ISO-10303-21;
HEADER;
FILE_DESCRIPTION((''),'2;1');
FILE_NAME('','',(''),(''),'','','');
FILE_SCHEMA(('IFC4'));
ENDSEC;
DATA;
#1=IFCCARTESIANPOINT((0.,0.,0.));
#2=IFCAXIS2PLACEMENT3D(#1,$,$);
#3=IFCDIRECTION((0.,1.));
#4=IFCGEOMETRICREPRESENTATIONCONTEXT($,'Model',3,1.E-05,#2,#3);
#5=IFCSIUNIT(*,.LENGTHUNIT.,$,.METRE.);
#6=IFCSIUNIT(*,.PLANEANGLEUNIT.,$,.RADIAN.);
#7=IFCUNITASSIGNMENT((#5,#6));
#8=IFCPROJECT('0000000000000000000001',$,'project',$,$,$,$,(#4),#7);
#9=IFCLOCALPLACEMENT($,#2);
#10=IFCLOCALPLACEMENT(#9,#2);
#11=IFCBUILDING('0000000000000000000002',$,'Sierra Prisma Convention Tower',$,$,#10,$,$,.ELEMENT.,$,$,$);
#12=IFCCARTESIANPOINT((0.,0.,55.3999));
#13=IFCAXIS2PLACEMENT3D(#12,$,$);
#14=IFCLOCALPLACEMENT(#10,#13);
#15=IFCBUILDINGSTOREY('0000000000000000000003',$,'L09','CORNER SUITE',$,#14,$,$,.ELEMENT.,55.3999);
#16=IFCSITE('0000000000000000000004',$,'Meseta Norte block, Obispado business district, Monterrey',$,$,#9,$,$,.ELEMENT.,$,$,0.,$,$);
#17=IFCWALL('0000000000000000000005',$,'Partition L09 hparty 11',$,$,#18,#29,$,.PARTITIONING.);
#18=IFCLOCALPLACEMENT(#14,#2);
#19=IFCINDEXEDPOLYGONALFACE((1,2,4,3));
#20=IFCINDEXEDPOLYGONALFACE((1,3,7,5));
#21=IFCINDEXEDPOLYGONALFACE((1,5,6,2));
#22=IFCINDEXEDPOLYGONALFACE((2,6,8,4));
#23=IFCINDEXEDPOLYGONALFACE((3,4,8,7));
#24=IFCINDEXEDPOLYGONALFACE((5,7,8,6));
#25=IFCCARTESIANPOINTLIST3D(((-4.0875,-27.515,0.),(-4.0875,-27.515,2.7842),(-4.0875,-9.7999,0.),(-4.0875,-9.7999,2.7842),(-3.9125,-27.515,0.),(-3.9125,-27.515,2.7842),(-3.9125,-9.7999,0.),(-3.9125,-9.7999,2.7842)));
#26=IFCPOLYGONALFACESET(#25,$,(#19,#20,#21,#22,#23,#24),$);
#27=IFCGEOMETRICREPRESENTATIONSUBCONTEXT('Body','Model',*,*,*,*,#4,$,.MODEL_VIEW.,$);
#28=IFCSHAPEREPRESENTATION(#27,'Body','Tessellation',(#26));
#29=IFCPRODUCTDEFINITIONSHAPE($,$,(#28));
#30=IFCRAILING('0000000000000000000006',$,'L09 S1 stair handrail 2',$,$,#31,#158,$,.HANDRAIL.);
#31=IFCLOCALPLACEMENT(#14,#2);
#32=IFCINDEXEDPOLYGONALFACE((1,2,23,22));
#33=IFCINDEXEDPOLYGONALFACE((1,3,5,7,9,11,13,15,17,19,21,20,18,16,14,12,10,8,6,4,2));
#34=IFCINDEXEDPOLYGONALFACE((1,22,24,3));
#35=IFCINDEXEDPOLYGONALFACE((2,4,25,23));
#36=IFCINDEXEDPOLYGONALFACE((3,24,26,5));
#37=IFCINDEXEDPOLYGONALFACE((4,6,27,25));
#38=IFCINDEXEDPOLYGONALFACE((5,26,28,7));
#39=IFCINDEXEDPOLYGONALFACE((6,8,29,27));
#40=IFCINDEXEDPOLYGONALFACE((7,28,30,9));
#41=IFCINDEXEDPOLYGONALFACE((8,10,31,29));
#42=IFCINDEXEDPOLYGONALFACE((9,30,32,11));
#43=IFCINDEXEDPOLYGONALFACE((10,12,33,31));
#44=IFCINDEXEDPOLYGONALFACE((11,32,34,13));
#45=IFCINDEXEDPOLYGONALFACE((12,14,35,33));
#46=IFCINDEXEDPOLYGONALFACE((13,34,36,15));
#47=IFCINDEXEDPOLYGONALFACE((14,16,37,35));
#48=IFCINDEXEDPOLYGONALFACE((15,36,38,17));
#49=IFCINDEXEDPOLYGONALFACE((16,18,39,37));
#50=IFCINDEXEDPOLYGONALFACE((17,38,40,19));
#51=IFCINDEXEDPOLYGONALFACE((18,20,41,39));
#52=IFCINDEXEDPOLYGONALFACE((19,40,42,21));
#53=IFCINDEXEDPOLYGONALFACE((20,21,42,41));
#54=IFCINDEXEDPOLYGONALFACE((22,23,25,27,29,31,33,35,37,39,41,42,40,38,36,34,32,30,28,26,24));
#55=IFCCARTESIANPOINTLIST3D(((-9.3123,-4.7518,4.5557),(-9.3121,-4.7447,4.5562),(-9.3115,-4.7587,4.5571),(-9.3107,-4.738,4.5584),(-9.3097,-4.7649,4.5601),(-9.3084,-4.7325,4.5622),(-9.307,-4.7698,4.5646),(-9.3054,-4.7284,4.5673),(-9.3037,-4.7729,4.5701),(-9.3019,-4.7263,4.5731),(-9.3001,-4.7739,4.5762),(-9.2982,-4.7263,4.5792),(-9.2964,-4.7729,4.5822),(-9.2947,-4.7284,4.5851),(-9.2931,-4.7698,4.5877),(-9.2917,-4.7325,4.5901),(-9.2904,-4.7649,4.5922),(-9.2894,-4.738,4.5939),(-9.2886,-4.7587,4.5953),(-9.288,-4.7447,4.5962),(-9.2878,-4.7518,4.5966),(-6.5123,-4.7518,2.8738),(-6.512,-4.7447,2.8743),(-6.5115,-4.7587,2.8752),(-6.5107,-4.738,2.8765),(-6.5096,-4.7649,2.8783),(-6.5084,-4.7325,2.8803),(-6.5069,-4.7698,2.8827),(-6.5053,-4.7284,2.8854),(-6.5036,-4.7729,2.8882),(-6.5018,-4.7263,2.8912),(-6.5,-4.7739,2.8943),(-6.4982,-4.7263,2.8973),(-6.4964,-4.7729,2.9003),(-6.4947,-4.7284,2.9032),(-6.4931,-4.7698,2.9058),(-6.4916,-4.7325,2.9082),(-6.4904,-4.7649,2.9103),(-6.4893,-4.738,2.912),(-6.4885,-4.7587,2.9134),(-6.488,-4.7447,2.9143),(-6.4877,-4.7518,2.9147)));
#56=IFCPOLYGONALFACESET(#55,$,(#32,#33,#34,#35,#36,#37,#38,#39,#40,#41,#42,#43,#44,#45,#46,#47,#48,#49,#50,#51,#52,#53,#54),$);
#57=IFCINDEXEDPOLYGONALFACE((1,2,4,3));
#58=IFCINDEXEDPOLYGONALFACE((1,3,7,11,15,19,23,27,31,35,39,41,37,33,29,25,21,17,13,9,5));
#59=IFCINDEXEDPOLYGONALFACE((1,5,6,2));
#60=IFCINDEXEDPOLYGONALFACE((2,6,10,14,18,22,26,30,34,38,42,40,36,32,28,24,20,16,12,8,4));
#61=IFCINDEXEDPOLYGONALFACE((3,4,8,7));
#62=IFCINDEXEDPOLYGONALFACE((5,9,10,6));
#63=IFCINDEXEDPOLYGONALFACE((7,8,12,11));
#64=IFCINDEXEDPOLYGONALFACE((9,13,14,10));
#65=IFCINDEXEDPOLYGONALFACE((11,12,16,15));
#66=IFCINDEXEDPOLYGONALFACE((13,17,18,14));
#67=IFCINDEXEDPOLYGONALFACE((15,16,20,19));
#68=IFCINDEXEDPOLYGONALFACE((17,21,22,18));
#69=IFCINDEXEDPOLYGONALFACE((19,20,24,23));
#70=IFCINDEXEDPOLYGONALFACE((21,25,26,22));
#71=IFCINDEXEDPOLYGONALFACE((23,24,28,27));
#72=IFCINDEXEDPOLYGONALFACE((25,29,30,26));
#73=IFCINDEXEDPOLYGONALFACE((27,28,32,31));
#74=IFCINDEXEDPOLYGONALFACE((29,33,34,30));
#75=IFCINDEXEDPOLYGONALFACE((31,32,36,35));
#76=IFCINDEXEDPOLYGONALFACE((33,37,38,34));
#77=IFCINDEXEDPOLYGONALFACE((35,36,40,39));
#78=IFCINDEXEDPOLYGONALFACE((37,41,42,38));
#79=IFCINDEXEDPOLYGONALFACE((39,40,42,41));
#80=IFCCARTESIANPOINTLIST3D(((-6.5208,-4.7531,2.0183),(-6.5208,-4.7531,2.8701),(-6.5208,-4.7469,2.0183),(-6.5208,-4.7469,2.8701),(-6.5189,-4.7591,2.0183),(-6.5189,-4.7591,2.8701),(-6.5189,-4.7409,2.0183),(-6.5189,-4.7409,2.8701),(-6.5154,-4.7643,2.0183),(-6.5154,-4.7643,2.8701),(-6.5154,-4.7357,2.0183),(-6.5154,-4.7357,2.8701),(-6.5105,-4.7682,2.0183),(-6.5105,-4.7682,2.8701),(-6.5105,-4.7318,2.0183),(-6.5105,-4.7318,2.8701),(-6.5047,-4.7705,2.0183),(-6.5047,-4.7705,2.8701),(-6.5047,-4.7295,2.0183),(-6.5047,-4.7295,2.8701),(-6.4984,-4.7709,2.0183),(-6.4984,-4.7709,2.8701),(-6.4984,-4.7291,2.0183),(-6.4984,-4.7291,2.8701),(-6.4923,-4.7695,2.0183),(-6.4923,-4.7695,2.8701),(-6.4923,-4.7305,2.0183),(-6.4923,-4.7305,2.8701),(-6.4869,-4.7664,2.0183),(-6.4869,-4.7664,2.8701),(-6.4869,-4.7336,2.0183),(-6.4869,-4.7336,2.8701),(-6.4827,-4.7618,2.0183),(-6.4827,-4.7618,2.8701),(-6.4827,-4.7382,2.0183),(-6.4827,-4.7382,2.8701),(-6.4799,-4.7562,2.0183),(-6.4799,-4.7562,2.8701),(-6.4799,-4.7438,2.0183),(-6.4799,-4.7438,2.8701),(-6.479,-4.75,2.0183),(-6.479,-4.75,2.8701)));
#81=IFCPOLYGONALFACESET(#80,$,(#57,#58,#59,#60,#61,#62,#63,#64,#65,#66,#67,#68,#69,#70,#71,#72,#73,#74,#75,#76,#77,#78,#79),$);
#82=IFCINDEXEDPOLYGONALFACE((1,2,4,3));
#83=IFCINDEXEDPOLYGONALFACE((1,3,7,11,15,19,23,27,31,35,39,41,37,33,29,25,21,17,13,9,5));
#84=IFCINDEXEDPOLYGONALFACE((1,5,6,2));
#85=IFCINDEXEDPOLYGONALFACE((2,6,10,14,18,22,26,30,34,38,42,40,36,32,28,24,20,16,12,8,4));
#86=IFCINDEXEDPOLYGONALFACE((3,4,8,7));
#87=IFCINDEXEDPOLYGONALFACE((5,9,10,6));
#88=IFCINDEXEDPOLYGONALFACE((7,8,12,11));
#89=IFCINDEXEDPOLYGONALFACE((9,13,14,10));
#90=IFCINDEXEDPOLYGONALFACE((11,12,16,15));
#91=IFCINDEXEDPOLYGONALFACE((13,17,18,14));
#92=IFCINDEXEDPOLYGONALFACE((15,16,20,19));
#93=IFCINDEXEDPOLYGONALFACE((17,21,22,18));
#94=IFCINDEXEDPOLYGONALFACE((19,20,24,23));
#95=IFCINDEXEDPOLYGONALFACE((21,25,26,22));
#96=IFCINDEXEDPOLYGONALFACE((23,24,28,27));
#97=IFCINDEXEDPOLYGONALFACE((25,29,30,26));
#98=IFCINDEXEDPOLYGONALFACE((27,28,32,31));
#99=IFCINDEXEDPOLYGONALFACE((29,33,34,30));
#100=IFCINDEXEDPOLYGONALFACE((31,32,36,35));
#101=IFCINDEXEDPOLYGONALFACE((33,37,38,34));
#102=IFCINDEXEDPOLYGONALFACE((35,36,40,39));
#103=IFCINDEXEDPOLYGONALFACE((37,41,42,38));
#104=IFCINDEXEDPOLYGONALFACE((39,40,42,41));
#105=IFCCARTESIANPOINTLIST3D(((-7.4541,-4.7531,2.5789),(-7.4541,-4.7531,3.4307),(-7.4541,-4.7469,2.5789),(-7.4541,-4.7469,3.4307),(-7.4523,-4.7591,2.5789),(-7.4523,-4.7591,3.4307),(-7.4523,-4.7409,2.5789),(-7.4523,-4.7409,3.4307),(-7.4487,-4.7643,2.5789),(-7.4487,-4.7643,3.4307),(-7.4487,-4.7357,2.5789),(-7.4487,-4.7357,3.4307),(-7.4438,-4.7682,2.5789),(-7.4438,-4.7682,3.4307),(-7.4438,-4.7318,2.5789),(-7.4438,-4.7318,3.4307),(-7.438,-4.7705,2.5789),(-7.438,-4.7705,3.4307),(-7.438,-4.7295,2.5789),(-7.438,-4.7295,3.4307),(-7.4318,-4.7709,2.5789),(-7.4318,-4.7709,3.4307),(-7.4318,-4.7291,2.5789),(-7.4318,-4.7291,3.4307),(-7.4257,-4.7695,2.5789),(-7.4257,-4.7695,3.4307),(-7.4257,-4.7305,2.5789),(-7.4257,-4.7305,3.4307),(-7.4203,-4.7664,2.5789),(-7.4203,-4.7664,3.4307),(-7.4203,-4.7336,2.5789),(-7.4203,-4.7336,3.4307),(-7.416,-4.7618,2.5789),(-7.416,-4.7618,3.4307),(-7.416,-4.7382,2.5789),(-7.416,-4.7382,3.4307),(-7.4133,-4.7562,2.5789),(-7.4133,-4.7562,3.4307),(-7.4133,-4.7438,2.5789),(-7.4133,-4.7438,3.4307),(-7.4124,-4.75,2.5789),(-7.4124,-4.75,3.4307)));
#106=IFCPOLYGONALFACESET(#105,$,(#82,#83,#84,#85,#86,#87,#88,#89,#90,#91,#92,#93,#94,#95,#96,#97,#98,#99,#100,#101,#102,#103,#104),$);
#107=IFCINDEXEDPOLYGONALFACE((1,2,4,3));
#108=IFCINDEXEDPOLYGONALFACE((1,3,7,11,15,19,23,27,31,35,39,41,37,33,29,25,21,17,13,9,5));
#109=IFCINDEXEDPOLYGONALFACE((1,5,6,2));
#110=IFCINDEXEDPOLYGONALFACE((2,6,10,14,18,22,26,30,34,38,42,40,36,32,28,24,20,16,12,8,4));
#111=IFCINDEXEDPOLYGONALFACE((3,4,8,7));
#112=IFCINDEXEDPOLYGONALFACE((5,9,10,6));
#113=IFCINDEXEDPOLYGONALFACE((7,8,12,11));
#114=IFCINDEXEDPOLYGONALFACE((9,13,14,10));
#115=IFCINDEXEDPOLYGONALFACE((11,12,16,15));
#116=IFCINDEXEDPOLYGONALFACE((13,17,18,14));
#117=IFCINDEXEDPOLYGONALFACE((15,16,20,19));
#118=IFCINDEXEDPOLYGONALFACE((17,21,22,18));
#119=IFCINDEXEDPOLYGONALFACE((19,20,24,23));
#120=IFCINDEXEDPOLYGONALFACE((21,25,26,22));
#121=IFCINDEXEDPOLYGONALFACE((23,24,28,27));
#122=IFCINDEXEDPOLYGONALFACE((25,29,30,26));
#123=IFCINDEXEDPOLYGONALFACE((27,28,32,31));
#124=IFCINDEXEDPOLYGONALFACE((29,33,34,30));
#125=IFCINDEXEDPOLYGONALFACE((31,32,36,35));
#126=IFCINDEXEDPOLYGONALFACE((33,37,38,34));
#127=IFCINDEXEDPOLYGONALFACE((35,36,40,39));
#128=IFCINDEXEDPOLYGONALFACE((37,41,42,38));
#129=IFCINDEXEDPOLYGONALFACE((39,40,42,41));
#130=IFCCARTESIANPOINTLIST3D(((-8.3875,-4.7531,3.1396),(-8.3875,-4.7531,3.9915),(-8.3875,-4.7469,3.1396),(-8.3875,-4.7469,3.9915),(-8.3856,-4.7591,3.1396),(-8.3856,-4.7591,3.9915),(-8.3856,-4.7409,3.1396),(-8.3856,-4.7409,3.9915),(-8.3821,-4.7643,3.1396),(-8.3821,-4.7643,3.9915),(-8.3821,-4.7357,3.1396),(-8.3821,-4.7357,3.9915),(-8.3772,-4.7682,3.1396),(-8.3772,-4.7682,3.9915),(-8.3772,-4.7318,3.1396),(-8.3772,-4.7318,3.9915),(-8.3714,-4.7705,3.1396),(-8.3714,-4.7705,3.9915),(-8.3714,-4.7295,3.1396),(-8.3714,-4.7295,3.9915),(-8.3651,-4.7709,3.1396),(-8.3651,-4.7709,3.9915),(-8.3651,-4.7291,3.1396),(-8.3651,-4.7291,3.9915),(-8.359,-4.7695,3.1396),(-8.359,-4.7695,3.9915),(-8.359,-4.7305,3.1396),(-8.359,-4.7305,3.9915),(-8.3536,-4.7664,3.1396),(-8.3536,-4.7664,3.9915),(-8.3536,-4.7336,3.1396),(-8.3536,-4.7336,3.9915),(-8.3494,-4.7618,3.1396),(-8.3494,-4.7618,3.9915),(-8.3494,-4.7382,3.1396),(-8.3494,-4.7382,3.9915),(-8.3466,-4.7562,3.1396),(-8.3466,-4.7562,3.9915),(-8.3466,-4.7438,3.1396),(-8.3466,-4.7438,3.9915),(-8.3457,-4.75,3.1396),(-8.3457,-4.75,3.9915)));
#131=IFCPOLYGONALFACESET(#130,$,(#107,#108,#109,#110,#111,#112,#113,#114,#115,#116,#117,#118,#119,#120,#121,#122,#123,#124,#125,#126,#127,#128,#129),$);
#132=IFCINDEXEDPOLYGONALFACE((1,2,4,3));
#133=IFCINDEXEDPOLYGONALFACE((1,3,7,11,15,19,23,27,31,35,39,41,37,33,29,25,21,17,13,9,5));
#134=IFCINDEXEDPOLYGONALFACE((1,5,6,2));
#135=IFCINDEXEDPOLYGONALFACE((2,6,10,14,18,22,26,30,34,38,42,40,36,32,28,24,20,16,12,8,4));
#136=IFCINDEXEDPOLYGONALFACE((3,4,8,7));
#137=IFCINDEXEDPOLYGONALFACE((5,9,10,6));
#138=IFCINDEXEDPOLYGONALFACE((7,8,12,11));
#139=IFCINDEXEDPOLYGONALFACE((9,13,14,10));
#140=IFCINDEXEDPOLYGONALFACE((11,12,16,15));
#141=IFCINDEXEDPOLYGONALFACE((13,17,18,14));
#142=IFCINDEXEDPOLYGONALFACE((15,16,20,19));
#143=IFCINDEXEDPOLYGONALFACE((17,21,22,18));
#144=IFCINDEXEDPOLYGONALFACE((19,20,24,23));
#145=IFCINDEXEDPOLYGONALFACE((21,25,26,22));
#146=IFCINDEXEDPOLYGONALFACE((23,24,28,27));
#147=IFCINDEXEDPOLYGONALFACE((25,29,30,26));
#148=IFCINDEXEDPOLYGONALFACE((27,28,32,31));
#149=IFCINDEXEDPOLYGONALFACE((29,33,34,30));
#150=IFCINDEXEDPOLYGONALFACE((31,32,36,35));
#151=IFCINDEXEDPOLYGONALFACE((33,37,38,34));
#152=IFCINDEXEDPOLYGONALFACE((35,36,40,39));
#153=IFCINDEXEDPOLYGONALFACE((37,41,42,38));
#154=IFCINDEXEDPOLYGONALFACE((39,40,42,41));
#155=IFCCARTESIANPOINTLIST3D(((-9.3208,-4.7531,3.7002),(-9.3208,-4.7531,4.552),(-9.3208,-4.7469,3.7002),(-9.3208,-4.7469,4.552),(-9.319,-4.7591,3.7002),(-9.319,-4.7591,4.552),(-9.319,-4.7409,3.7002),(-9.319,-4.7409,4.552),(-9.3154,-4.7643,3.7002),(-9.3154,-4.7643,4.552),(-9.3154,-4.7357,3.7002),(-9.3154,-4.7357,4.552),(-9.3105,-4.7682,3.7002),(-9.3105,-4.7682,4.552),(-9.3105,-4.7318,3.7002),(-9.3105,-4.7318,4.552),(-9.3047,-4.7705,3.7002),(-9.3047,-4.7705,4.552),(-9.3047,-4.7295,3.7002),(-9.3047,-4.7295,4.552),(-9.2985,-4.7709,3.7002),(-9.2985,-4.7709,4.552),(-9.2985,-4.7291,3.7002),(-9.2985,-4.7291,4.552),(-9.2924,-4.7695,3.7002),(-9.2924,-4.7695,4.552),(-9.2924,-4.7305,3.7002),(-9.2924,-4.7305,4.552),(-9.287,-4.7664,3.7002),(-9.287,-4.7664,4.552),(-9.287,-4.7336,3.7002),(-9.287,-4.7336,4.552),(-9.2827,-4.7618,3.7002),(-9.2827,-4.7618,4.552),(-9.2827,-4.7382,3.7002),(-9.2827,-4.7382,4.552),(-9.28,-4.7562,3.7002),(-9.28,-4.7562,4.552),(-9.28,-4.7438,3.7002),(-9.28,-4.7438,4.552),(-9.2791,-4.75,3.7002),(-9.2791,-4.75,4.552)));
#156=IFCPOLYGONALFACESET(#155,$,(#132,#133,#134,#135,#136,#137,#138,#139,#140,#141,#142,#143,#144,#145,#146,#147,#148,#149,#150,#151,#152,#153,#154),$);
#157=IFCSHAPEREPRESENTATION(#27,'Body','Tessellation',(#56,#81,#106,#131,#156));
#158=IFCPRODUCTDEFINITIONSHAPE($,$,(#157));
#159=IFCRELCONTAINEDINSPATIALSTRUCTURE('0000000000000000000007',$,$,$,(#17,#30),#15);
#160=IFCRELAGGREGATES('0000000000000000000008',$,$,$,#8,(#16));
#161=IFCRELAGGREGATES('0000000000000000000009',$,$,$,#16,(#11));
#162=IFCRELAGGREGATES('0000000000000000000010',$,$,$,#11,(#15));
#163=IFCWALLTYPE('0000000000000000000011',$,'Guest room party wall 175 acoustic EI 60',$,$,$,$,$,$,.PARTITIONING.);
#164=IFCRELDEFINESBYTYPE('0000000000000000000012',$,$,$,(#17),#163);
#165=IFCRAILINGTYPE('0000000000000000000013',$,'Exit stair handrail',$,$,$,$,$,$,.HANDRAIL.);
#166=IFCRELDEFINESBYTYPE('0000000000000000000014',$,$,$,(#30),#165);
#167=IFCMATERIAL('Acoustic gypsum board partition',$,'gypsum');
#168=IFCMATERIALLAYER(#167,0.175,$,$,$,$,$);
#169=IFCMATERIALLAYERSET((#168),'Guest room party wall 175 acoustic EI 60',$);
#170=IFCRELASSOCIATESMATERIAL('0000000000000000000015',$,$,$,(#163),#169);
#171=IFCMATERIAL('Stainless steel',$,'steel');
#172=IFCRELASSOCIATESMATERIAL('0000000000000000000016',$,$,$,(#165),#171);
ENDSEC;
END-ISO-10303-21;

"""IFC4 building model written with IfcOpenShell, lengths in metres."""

from ifc_helpers import new_model, si_unit, direction, frame, frame_2d, origin, origin_2d, place, context, subcontext, project, spatial, rectangle, circle, extrude, material, layer, layer_set, type_object, element, save


model = new_model("IFC4")

# Units and contexts
model_context = context("Model", 3, precision=1e-05, world=origin(), true_north=direction((0.0, 1.0)))
body_context = subcontext(model_context, "Body", "Model", "MODEL_VIEW")
ifc_project = project(units=[si_unit("LENGTHUNIT", "METRE"), si_unit("PLANEANGLEUNIT", "RADIAN")], contexts=[model_context])

# Site, building, storey
site_placement = place(None, origin())
site = spatial("IfcSite", under=ifc_project, at=site_placement, Name="Meseta Norte block, Obispado business district, Monterrey", CompositionType="ELEMENT", RefElevation=0.0)
building_placement = place(site_placement, origin())
building = spatial("IfcBuilding", under=site, at=building_placement, Name="Sierra Prisma Convention Tower", CompositionType="ELEMENT")
storey_placement = place(building_placement, frame((0.0, 0.0, 55.3999)))
storey = spatial("IfcBuildingStorey", under=building, at=storey_placement, Name="L09", Description="CORNER SUITE", CompositionType="ELEMENT", Elevation=55.3999)

# Wall
ifc_material_1 = material(Name="Acoustic gypsum board partition", Category="gypsum")
ifc_layer_1 = layer(ifc_material_1, 0.175)
ifc_layer_set_1 = layer_set([ifc_layer_1], Name="Guest room party wall 175 acoustic EI 60")
wall_type_1 = type_object("IfcWallType", Name="Guest room party wall 175 acoustic EI 60", PredefinedType="PARTITIONING", material=ifc_layer_set_1)
wall_1_placement = place(storey_placement, frame((-4.0, -9.8, 0.0), z_axis=(0.0, 0.0, 1.0), x_axis=(0.0, -1.0, 0.0)))
element("IfcWall", 1, at=wall_1_placement, inside=storey, type_object=wall_type_1, Name="Partition L09 hparty 11", PredefinedType="PARTITIONING", context=body_context, shape_type="SweptSolid", body=[
    extrude(rectangle(XDim=17.7151, YDim=0.175, at=frame_2d((8.8574, 0.0))), origin(), (0.0, 0.0, 1.0), 2.7842),
])

# Railing
ifc_material_2 = material(Name="Stainless steel", Category="steel")
railing_type_1 = type_object("IfcRailingType", Name="Exit stair handrail", PredefinedType="HANDRAIL", material=ifc_material_2)
railing_1_placement = place(storey_placement, frame((-6.5, -4.75, 2.0183)))
element("IfcRailing", 2, at=railing_1_placement, inside=storey, type_object=railing_type_1, Name="L09 S1 stair handrail 2", PredefinedType="HANDRAIL", context=body_context, shape_type="SweptSolid", body=[
    extrude(circle(Radius=0.0239, at=origin_2d()), frame((0.0, 0.0, 0.876), z_axis=(-0.857242, 0.0, 0.514913), x_axis=(0.0, -1.0, 0.0)), (0.0, 0.0, 1.0), 3.2664),
    extrude(circle(Radius=0.021, at=origin_2d()), origin(), (0.0, 0.0, 1.0), 0.8518),
    extrude(circle(Radius=0.021, at=origin_2d()), frame((-0.9333, 0.0, 0.5605)), (0.0, 0.0, 1.0), 0.8518),
    extrude(circle(Radius=0.021, at=origin_2d()), frame((-1.8667, 0.0, 1.1213)), (0.0, 0.0, 1.0), 0.8518),
    extrude(circle(Radius=0.021, at=origin_2d()), frame((-2.8, 0.0, 1.6819)), (0.0, 0.0, 1.0), 0.8518),
])

save(model, "model.ifc")
